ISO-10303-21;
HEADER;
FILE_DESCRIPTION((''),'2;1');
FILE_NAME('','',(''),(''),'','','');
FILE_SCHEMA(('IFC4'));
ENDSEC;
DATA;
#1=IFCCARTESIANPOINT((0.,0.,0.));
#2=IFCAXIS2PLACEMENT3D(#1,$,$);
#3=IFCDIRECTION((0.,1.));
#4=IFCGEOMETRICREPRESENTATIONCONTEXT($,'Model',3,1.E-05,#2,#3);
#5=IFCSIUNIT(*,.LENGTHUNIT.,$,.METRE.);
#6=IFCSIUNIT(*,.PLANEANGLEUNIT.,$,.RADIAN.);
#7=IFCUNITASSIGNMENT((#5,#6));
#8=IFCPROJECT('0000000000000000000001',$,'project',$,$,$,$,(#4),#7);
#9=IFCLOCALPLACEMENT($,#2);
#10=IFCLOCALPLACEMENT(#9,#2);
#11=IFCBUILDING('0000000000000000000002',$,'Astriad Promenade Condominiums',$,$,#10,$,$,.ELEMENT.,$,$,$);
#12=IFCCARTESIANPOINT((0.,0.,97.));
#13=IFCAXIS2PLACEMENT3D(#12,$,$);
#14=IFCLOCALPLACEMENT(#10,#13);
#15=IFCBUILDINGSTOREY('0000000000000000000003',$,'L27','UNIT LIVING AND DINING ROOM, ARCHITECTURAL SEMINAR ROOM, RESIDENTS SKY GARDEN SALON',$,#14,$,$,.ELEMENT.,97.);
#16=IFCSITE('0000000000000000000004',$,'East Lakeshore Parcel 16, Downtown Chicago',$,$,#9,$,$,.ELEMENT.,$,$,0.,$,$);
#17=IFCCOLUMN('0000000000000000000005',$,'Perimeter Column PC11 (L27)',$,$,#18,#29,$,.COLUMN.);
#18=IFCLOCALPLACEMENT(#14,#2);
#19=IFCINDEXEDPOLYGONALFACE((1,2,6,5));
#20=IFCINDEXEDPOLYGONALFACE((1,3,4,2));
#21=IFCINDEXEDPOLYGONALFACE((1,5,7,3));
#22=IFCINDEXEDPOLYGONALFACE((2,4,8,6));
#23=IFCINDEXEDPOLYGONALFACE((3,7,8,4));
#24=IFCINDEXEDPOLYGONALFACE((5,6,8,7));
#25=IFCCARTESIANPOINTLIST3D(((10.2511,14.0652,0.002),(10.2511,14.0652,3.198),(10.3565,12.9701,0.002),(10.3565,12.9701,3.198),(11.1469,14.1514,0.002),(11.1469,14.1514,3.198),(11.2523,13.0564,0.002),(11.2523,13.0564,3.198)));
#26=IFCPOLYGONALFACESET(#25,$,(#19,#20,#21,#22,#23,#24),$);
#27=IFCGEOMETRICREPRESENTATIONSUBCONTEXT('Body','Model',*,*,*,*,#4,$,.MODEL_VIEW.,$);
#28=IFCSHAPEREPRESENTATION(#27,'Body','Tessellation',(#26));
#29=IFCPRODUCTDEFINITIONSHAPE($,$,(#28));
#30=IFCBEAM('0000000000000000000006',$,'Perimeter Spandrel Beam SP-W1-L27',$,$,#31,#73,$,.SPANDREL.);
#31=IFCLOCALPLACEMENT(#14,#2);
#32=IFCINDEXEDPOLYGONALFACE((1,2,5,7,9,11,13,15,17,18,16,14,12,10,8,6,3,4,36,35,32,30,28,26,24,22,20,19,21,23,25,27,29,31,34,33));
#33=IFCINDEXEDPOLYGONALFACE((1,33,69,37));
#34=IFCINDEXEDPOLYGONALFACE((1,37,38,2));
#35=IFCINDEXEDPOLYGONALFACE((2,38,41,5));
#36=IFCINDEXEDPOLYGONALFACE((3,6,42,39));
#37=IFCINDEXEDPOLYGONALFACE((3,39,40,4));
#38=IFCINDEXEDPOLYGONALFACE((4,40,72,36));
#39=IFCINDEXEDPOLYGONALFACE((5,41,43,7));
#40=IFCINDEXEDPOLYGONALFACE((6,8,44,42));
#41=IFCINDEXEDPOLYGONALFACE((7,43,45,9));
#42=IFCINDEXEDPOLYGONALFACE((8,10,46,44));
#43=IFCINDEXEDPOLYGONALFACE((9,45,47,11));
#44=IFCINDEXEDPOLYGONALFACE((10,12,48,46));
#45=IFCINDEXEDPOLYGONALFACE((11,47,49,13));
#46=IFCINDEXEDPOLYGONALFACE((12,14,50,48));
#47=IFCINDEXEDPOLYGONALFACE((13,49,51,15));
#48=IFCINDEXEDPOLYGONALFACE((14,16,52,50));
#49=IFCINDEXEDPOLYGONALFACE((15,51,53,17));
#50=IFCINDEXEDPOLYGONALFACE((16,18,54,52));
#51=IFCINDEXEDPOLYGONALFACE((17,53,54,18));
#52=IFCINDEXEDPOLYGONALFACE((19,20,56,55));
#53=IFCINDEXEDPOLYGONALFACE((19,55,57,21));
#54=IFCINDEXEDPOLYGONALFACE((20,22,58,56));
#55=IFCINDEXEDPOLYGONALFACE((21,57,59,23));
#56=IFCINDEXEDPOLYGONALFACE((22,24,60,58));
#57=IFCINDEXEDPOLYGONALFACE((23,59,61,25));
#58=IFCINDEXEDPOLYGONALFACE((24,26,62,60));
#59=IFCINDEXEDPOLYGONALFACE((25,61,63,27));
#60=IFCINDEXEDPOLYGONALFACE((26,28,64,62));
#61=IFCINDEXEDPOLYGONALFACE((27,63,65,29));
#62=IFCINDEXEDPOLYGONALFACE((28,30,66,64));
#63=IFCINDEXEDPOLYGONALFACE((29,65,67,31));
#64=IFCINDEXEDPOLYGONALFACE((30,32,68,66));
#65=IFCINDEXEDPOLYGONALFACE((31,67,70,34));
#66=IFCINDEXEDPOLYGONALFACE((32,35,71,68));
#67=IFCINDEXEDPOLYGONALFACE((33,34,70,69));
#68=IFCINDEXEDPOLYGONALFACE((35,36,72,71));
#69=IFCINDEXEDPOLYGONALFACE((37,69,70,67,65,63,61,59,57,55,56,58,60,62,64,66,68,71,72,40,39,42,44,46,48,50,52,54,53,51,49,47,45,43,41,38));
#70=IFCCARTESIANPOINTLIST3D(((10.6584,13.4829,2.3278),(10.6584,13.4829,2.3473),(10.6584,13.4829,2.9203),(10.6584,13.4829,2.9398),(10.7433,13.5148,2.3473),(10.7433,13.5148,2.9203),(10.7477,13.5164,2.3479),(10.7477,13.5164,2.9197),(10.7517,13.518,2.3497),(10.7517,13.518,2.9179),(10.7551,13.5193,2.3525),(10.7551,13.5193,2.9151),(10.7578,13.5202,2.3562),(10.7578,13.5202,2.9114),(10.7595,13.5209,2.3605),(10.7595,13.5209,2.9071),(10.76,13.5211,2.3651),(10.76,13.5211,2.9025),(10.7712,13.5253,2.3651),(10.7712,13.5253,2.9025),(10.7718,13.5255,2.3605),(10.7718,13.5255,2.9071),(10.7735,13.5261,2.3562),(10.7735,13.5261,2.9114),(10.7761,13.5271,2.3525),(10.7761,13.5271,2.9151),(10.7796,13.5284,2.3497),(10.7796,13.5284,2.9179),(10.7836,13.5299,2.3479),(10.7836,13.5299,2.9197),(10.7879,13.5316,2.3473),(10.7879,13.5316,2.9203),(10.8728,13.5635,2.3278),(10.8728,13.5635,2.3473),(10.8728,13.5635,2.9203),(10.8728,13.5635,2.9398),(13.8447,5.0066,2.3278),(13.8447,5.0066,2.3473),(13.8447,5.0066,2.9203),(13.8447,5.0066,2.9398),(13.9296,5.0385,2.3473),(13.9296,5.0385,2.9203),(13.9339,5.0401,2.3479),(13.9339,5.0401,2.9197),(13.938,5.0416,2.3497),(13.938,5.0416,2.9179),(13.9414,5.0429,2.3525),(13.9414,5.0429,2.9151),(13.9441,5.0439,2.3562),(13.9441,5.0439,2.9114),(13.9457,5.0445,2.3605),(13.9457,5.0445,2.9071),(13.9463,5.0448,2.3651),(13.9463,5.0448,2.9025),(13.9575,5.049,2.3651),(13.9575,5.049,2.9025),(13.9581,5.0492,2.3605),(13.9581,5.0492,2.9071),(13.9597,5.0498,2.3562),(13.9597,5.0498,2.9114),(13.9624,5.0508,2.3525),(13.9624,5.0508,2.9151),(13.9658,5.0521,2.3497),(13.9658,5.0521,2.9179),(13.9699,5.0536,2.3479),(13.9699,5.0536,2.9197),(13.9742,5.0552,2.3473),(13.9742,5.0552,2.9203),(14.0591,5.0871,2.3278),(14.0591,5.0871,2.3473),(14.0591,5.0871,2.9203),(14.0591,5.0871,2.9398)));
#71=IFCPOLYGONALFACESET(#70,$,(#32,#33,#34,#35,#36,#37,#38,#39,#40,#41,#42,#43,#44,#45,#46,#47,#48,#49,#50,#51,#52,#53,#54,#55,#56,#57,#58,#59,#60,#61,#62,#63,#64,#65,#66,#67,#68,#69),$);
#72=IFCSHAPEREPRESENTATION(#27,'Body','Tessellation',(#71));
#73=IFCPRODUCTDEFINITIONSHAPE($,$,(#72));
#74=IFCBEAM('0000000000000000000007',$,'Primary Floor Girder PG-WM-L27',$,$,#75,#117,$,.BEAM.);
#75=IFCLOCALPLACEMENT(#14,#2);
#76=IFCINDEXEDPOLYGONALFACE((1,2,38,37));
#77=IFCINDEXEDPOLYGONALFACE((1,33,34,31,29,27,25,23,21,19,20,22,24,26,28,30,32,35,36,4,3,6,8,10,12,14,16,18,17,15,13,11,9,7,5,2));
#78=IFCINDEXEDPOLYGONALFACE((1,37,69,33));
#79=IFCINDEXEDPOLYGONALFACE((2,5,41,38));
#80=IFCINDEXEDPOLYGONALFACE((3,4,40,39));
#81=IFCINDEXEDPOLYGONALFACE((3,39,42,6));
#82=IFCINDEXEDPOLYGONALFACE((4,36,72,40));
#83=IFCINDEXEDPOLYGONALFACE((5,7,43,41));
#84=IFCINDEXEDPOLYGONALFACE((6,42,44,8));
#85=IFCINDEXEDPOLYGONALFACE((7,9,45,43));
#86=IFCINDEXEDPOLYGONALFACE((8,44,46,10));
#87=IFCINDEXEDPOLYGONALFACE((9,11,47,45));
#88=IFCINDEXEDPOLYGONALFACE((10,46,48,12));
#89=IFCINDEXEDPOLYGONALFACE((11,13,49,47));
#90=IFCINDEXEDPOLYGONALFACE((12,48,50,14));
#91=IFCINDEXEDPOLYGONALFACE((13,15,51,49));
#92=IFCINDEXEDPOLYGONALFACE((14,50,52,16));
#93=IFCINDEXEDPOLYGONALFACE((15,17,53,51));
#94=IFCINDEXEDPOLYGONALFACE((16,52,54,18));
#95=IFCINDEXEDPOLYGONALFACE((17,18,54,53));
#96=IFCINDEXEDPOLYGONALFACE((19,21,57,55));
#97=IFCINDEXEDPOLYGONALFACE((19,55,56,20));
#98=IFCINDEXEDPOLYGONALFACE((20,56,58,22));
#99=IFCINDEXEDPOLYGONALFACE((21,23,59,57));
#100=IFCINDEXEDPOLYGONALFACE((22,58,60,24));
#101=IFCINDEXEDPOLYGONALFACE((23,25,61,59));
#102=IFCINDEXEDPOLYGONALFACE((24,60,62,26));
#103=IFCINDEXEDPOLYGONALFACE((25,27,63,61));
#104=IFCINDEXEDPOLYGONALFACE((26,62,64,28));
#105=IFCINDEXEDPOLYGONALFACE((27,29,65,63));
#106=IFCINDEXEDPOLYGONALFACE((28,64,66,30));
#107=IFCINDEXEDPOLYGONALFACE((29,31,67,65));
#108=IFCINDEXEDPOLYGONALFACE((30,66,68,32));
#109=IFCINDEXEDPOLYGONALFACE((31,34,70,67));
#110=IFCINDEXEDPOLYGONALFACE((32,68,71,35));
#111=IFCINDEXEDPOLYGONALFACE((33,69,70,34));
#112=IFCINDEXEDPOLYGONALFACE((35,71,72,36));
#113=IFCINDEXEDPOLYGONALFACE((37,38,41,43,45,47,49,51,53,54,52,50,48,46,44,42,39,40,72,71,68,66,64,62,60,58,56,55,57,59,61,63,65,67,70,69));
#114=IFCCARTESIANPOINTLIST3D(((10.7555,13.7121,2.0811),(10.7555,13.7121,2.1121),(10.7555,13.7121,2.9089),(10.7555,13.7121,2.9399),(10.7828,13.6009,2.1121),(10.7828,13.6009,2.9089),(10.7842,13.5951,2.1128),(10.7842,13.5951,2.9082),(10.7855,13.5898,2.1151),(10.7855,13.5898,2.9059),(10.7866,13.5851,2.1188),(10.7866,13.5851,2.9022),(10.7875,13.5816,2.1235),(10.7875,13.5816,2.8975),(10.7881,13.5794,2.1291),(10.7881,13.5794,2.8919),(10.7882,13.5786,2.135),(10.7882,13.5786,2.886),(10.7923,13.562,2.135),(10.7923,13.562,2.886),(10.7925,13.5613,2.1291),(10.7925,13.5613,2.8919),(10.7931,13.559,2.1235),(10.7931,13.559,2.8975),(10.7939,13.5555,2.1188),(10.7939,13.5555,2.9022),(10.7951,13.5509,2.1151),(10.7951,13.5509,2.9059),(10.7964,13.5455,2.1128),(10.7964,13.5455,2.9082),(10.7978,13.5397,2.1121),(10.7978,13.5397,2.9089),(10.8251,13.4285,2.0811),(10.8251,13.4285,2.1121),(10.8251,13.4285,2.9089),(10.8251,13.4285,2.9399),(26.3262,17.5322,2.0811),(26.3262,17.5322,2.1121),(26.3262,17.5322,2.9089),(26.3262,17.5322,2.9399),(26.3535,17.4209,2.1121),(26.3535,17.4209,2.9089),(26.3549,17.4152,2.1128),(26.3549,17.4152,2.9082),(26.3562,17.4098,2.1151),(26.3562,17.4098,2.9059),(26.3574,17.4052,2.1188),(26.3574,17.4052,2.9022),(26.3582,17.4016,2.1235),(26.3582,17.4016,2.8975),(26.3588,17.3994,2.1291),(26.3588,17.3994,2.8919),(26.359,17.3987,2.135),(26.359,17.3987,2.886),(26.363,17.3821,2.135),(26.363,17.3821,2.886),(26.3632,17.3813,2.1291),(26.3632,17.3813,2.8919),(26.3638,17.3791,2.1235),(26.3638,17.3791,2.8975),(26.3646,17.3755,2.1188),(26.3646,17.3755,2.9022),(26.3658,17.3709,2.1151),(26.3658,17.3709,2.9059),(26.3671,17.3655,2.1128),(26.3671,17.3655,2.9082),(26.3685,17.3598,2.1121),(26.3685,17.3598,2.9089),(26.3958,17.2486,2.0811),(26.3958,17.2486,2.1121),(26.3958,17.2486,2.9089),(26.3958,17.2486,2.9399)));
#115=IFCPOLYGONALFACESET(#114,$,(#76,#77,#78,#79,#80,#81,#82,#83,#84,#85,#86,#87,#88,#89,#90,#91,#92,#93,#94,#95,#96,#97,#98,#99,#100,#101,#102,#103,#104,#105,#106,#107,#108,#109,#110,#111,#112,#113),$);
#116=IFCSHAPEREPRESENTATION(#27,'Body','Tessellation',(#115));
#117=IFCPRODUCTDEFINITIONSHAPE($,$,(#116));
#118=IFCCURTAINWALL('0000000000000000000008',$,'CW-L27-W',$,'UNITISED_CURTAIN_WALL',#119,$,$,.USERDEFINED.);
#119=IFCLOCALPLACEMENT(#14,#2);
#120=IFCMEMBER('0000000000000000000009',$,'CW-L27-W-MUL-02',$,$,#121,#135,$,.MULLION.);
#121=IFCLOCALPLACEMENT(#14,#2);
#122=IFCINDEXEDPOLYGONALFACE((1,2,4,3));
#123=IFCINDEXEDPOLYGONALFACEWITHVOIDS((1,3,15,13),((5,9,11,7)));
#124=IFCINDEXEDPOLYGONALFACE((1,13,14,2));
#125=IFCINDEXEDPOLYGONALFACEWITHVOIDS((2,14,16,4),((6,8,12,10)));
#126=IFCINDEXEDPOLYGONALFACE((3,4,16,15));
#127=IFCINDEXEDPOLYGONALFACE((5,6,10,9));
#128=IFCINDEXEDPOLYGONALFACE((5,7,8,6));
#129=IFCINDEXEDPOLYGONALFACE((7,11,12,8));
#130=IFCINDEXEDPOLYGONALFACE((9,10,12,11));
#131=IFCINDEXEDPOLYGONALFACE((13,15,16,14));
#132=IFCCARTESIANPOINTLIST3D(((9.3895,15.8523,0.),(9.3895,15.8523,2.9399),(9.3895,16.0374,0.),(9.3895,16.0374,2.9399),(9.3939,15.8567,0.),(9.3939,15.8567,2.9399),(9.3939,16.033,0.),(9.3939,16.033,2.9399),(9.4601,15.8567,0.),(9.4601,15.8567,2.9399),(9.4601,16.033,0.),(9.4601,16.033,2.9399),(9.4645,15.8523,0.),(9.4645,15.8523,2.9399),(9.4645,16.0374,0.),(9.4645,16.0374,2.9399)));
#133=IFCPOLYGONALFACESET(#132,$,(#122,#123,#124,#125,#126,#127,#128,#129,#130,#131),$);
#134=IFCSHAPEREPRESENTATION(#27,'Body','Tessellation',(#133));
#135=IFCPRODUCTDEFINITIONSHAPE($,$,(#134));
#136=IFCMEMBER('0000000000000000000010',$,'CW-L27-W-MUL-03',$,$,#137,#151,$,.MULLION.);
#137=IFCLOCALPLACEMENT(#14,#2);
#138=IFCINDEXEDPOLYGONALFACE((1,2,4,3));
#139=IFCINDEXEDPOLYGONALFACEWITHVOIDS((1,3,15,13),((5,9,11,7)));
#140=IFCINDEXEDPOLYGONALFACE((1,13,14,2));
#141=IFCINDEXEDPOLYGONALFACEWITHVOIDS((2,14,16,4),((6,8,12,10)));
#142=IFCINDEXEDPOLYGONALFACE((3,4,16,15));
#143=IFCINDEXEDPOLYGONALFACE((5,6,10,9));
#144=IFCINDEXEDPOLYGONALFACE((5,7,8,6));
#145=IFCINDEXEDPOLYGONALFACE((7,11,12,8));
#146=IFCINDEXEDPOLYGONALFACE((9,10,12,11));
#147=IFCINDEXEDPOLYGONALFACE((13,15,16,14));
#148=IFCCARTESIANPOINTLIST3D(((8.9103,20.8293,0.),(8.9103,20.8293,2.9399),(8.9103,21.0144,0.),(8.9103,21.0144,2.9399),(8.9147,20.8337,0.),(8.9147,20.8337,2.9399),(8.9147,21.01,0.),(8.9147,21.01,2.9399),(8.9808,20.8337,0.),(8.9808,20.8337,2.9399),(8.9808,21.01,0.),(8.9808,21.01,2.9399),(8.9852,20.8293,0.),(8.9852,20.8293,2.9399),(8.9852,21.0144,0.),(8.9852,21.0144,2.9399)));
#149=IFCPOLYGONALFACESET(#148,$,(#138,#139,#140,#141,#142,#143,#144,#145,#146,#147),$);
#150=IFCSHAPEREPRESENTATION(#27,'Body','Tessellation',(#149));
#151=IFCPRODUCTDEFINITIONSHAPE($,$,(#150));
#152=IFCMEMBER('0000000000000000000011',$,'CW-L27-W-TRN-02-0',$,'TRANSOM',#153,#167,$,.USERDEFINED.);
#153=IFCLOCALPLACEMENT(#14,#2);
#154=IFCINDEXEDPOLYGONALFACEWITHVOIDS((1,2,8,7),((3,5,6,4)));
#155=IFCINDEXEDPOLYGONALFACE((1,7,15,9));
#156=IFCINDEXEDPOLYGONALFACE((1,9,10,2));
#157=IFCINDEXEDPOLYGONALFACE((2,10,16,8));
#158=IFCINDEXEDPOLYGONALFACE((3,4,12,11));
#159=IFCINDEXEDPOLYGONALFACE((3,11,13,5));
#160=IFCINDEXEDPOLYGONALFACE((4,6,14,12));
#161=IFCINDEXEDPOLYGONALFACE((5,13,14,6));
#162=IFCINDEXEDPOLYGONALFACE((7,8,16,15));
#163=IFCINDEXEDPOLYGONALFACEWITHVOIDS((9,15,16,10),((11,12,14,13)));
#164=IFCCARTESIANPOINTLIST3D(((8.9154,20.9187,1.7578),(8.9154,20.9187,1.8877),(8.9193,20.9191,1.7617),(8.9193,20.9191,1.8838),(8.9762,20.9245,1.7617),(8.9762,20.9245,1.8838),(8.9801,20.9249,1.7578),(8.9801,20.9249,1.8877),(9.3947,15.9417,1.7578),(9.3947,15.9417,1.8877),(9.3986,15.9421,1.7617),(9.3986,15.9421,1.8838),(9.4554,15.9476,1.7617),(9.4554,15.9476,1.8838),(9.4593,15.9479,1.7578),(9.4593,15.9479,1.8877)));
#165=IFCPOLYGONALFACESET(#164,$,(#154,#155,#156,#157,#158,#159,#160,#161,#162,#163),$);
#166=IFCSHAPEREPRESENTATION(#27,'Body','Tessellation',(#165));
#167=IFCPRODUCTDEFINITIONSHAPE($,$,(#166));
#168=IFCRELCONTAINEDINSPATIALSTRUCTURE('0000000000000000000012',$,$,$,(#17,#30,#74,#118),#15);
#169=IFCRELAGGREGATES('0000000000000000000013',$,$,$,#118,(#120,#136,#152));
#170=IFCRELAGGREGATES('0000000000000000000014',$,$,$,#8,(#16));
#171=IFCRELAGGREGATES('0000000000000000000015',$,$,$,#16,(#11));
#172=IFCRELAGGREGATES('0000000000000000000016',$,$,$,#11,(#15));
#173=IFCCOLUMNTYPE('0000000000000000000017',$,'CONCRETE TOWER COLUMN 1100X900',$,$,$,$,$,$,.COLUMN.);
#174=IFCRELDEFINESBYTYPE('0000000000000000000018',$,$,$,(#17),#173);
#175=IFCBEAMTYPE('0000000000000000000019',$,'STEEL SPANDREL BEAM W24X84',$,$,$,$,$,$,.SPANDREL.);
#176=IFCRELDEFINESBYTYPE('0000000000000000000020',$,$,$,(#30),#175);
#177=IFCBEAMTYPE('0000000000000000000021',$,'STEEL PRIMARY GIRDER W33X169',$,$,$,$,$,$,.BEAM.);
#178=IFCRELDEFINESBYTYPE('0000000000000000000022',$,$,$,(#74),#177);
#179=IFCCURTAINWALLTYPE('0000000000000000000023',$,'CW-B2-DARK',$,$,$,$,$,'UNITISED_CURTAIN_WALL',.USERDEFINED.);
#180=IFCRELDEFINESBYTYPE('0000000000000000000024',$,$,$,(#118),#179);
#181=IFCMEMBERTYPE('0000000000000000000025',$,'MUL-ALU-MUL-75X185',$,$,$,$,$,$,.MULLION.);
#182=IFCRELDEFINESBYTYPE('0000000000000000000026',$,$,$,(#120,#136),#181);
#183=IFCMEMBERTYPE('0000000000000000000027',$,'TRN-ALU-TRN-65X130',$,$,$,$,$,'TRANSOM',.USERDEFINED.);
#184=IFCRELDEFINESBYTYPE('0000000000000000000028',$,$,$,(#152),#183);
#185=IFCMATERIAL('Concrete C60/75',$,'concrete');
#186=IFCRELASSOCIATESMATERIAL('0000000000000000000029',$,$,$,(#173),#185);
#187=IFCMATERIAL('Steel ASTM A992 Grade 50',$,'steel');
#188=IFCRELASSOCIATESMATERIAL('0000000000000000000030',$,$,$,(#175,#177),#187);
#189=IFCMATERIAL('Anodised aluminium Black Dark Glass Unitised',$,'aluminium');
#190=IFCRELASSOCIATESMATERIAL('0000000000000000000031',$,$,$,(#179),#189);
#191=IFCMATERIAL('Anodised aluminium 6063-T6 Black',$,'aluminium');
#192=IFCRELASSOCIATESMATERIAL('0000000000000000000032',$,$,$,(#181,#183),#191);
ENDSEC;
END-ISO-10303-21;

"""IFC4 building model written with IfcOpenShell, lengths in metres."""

from ifc_helpers import new_model, si_unit, direction, frame, origin, origin_2d, place, context, subcontext, project, spatial, rectangle, hollow_rectangle, i_section, extrude, source, transform, mapped, material, material_profile, profile_set, type_object, type_shapes, element, aggregate, save


model = new_model("IFC4")

# Units and contexts
model_context = context("Model", 3, precision=1e-05, world=origin(), true_north=direction((0.0, 1.0)))
body_context = subcontext(model_context, "Body", "Model", "MODEL_VIEW")
ifc_project = project(units=[si_unit("LENGTHUNIT", "METRE"), si_unit("PLANEANGLEUNIT", "RADIAN")], contexts=[model_context])

# Site, building, storey
site_placement = place(None, origin())
site = spatial("IfcSite", under=ifc_project, at=site_placement, Name="East Lakeshore Parcel 16, Downtown Chicago", CompositionType="ELEMENT", RefElevation=0.0)
building_placement = place(site_placement, origin())
building = spatial("IfcBuilding", under=site, at=building_placement, Name="Astriad Promenade Condominiums", CompositionType="ELEMENT")
storey_placement = place(building_placement, frame((0.0, 0.0, 97.0)))
storey = spatial("IfcBuildingStorey", under=building, at=storey_placement, Name="L27", Description="UNIT LIVING AND DINING ROOM, ARCHITECTURAL SEMINAR ROOM, RESIDENTS SKY GARDEN SALON", CompositionType="ELEMENT", Elevation=97.0)

# Column
ifc_material_1 = material(Name="Concrete C60/75", Category="concrete")
ifc_material_profile_1 = material_profile(ifc_material_1, rectangle(XDim=0.8999, YDim=1.1001, at=origin_2d()), Name="RC-COL-1100X900")
ifc_profile_set_1 = profile_set([ifc_material_profile_1], Name="Concrete C60/75")
column_type = type_object("IfcColumnType", Name="CONCRETE TOWER COLUMN 1100X900", PredefinedType="COLUMN", material=ifc_profile_set_1)
shared_shape_1 = source(origin(), body_context, "Body", "SweptSolid", [
    extrude(rectangle(XDim=0.8999, YDim=1.1001, at=origin_2d()), origin(), (0.0, 0.0, 1.0), 3.196),
])
type_shapes(column_type, [shared_shape_1])
column_placement = place(storey_placement, frame((10.7517, 13.5608, 0.002), z_axis=(0.0, 0.0, 1.0), x_axis=(0.995396, 0.095846, 0.0)))
element("IfcColumn", 1, at=column_placement, inside=storey, type_object=column_type, Name="Perimeter Column PC11 (L27)", PredefinedType="COLUMN", context=body_context, shape_type="MappedRepresentation", body=[
    mapped(shared_shape_1, transform((0.0, 0.0, 0.0), scale=1.0)),
])

# Beams
ifc_material_2 = material(Name="Steel ASTM A992 Grade 50", Category="steel")
ifc_material_profile_2 = material_profile(ifc_material_2, i_section(OverallWidth=0.229, OverallDepth=0.6121, WebThickness=0.012, FlangeThickness=0.0195, FilletRadius=0.0178, at=origin_2d()), Name="W24X84")
ifc_profile_set_2 = profile_set([ifc_material_profile_2], Name="Steel ASTM A992 Grade 50")
beam_type_1 = type_object("IfcBeamType", Name="STEEL SPANDREL BEAM W24X84", PredefinedType="SPANDREL", material=ifc_profile_set_2)
shared_shape_2 = source(origin(), body_context, "Body", "SweptSolid", [
    extrude(i_section(OverallWidth=0.229, OverallDepth=0.6121, WebThickness=0.012, FlangeThickness=0.0195, FilletRadius=0.0178, at=origin_2d()), origin(), (0.0, 0.0, 1.0), 9.0554),
])
type_shapes(beam_type_1, [shared_shape_2])
beam_1_placement = place(storey_placement, frame((10.7656, 13.5232, 2.6338), z_axis=(0.351865, -0.936051, 0.0), x_axis=(0.936051, 0.351865, 0.0)))
element("IfcBeam", 2, at=beam_1_placement, inside=storey, type_object=beam_type_1, Name="Perimeter Spandrel Beam SP-W1-L27", PredefinedType="SPANDREL", context=body_context, shape_type="MappedRepresentation", body=[
    mapped(shared_shape_2, transform((0.0, 0.0, 0.0), scale=1.0)),
])
ifc_material_profile_3 = material_profile(ifc_material_2, i_section(OverallWidth=0.292, OverallDepth=0.8589, WebThickness=0.0171, FlangeThickness=0.031, FilletRadius=0.0229, at=origin_2d()), Name="W33X169")
ifc_profile_set_3 = profile_set([ifc_material_profile_3], Name="Steel ASTM A992 Grade 50")
beam_type_2 = type_object("IfcBeamType", Name="STEEL PRIMARY GIRDER W33X169", PredefinedType="BEAM", material=ifc_profile_set_3)
shared_shape_3 = source(origin(), body_context, "Body", "SweptSolid", [
    extrude(i_section(OverallWidth=0.292, OverallDepth=0.8589, WebThickness=0.0171, FlangeThickness=0.031, FilletRadius=0.0229, at=origin_2d()), origin(), (0.0, 0.0, 1.0), 16.0325),
])
type_shapes(beam_type_2, [shared_shape_3])
beam_2_placement = place(storey_placement, frame((10.7903, 13.5703, 2.5105), z_axis=(0.971199, 0.238269, 0.0), x_axis=(-0.238269, 0.971199, 0.0)))
element("IfcBeam", 3, at=beam_2_placement, inside=storey, type_object=beam_type_2, Name="Primary Floor Girder PG-WM-L27", PredefinedType="BEAM", context=body_context, shape_type="MappedRepresentation", body=[
    mapped(shared_shape_3, transform((0.0, 0.0, 0.0), scale=1.0)),
])

# Curtain wall, members
ifc_material_3 = material(Name="Anodised aluminium Black Dark Glass Unitised", Category="aluminium")
curtain_wall_type = type_object("IfcCurtainWallType", Name="CW-B2-DARK", ElementType="UNITISED_CURTAIN_WALL", PredefinedType="USERDEFINED", material=ifc_material_3)
curtain_wall_placement = place(storey_placement, origin())
curtain_wall = element("IfcCurtainWall", 4, at=curtain_wall_placement, inside=storey, type_object=curtain_wall_type, Name="CW-L27-W", ObjectType="UNITISED_CURTAIN_WALL", PredefinedType="USERDEFINED")
ifc_material_4 = material(Name="Anodised aluminium 6063-T6 Black", Category="aluminium")
ifc_material_profile_4 = material_profile(ifc_material_4, hollow_rectangle(XDim=0.075, YDim=0.1851, WallThickness=0.0044, at=origin_2d()), Name="ALU-MUL-75X185")
ifc_profile_set_4 = profile_set([ifc_material_profile_4], Name="Anodised aluminium 6063-T6 Black")
member_type_1 = type_object("IfcMemberType", Name="MUL-ALU-MUL-75X185", PredefinedType="MULLION", material=ifc_profile_set_4)
shared_shape_4 = source(origin(), body_context, "Body", "SweptSolid", [
    extrude(hollow_rectangle(XDim=0.075, YDim=0.1851, WallThickness=0.0044, at=origin_2d()), origin(), (0.0, 0.0, 1.0), 2.9399),
])
type_shapes(member_type_1, [shared_shape_4])
member_1_placement = place(storey_placement, frame((9.427, 15.9448, 0.0), z_axis=(0.0, 0.0, 1.0), x_axis=(1.0, 0.0, 0.0)))
member_1 = element("IfcMember", 5, at=member_1_placement, type_object=member_type_1, Name="CW-L27-W-MUL-02", PredefinedType="MULLION", context=body_context, shape_type="MappedRepresentation", body=[
    mapped(shared_shape_4, transform((0.0, 0.0, 0.0), scale=1.0)),
])
member_2_placement = place(storey_placement, frame((8.9478, 20.9219, 0.0), z_axis=(0.0, 0.0, 1.0), x_axis=(1.0, 0.0, 0.0)))
member_2 = element("IfcMember", 6, at=member_2_placement, type_object=member_type_1, Name="CW-L27-W-MUL-03", PredefinedType="MULLION", context=body_context, shape_type="MappedRepresentation", body=[
    mapped(shared_shape_4, transform((0.0, 0.0, 0.0), scale=1.0)),
])
ifc_material_profile_5 = material_profile(ifc_material_4, hollow_rectangle(XDim=0.0649, YDim=0.1299, WallThickness=0.0039, at=origin_2d()), Name="ALU-TRN-65X130")
ifc_profile_set_5 = profile_set([ifc_material_profile_5], Name="Anodised aluminium 6063-T6 Black")
member_type_2 = type_object("IfcMemberType", Name="TRN-ALU-TRN-65X130", ElementType="TRANSOM", PredefinedType="USERDEFINED", material=ifc_profile_set_5)
shared_shape_5 = source(origin(), body_context, "Body", "SweptSolid", [
    extrude(hollow_rectangle(XDim=0.0649, YDim=0.1299, WallThickness=0.0039, at=origin_2d()), origin(), (0.0, 0.0, 1.0), 5.0),
])
type_shapes(member_type_2, [shared_shape_5])
member_3_placement = place(storey_placement, frame((9.427, 15.9448, 1.8228), z_axis=(-0.095848, 0.995396, 0.0), x_axis=(-0.995396, -0.095848, 0.0)))
member_3 = element("IfcMember", 7, at=member_3_placement, type_object=member_type_2, Name="CW-L27-W-TRN-02-0", ObjectType="TRANSOM", PredefinedType="USERDEFINED", context=body_context, shape_type="MappedRepresentation", body=[
    mapped(shared_shape_5, transform((0.0, 0.0, 0.0), scale=1.0)),
])
aggregate(curtain_wall, [member_1, member_2, member_3])

save(model, "model.ifc")
